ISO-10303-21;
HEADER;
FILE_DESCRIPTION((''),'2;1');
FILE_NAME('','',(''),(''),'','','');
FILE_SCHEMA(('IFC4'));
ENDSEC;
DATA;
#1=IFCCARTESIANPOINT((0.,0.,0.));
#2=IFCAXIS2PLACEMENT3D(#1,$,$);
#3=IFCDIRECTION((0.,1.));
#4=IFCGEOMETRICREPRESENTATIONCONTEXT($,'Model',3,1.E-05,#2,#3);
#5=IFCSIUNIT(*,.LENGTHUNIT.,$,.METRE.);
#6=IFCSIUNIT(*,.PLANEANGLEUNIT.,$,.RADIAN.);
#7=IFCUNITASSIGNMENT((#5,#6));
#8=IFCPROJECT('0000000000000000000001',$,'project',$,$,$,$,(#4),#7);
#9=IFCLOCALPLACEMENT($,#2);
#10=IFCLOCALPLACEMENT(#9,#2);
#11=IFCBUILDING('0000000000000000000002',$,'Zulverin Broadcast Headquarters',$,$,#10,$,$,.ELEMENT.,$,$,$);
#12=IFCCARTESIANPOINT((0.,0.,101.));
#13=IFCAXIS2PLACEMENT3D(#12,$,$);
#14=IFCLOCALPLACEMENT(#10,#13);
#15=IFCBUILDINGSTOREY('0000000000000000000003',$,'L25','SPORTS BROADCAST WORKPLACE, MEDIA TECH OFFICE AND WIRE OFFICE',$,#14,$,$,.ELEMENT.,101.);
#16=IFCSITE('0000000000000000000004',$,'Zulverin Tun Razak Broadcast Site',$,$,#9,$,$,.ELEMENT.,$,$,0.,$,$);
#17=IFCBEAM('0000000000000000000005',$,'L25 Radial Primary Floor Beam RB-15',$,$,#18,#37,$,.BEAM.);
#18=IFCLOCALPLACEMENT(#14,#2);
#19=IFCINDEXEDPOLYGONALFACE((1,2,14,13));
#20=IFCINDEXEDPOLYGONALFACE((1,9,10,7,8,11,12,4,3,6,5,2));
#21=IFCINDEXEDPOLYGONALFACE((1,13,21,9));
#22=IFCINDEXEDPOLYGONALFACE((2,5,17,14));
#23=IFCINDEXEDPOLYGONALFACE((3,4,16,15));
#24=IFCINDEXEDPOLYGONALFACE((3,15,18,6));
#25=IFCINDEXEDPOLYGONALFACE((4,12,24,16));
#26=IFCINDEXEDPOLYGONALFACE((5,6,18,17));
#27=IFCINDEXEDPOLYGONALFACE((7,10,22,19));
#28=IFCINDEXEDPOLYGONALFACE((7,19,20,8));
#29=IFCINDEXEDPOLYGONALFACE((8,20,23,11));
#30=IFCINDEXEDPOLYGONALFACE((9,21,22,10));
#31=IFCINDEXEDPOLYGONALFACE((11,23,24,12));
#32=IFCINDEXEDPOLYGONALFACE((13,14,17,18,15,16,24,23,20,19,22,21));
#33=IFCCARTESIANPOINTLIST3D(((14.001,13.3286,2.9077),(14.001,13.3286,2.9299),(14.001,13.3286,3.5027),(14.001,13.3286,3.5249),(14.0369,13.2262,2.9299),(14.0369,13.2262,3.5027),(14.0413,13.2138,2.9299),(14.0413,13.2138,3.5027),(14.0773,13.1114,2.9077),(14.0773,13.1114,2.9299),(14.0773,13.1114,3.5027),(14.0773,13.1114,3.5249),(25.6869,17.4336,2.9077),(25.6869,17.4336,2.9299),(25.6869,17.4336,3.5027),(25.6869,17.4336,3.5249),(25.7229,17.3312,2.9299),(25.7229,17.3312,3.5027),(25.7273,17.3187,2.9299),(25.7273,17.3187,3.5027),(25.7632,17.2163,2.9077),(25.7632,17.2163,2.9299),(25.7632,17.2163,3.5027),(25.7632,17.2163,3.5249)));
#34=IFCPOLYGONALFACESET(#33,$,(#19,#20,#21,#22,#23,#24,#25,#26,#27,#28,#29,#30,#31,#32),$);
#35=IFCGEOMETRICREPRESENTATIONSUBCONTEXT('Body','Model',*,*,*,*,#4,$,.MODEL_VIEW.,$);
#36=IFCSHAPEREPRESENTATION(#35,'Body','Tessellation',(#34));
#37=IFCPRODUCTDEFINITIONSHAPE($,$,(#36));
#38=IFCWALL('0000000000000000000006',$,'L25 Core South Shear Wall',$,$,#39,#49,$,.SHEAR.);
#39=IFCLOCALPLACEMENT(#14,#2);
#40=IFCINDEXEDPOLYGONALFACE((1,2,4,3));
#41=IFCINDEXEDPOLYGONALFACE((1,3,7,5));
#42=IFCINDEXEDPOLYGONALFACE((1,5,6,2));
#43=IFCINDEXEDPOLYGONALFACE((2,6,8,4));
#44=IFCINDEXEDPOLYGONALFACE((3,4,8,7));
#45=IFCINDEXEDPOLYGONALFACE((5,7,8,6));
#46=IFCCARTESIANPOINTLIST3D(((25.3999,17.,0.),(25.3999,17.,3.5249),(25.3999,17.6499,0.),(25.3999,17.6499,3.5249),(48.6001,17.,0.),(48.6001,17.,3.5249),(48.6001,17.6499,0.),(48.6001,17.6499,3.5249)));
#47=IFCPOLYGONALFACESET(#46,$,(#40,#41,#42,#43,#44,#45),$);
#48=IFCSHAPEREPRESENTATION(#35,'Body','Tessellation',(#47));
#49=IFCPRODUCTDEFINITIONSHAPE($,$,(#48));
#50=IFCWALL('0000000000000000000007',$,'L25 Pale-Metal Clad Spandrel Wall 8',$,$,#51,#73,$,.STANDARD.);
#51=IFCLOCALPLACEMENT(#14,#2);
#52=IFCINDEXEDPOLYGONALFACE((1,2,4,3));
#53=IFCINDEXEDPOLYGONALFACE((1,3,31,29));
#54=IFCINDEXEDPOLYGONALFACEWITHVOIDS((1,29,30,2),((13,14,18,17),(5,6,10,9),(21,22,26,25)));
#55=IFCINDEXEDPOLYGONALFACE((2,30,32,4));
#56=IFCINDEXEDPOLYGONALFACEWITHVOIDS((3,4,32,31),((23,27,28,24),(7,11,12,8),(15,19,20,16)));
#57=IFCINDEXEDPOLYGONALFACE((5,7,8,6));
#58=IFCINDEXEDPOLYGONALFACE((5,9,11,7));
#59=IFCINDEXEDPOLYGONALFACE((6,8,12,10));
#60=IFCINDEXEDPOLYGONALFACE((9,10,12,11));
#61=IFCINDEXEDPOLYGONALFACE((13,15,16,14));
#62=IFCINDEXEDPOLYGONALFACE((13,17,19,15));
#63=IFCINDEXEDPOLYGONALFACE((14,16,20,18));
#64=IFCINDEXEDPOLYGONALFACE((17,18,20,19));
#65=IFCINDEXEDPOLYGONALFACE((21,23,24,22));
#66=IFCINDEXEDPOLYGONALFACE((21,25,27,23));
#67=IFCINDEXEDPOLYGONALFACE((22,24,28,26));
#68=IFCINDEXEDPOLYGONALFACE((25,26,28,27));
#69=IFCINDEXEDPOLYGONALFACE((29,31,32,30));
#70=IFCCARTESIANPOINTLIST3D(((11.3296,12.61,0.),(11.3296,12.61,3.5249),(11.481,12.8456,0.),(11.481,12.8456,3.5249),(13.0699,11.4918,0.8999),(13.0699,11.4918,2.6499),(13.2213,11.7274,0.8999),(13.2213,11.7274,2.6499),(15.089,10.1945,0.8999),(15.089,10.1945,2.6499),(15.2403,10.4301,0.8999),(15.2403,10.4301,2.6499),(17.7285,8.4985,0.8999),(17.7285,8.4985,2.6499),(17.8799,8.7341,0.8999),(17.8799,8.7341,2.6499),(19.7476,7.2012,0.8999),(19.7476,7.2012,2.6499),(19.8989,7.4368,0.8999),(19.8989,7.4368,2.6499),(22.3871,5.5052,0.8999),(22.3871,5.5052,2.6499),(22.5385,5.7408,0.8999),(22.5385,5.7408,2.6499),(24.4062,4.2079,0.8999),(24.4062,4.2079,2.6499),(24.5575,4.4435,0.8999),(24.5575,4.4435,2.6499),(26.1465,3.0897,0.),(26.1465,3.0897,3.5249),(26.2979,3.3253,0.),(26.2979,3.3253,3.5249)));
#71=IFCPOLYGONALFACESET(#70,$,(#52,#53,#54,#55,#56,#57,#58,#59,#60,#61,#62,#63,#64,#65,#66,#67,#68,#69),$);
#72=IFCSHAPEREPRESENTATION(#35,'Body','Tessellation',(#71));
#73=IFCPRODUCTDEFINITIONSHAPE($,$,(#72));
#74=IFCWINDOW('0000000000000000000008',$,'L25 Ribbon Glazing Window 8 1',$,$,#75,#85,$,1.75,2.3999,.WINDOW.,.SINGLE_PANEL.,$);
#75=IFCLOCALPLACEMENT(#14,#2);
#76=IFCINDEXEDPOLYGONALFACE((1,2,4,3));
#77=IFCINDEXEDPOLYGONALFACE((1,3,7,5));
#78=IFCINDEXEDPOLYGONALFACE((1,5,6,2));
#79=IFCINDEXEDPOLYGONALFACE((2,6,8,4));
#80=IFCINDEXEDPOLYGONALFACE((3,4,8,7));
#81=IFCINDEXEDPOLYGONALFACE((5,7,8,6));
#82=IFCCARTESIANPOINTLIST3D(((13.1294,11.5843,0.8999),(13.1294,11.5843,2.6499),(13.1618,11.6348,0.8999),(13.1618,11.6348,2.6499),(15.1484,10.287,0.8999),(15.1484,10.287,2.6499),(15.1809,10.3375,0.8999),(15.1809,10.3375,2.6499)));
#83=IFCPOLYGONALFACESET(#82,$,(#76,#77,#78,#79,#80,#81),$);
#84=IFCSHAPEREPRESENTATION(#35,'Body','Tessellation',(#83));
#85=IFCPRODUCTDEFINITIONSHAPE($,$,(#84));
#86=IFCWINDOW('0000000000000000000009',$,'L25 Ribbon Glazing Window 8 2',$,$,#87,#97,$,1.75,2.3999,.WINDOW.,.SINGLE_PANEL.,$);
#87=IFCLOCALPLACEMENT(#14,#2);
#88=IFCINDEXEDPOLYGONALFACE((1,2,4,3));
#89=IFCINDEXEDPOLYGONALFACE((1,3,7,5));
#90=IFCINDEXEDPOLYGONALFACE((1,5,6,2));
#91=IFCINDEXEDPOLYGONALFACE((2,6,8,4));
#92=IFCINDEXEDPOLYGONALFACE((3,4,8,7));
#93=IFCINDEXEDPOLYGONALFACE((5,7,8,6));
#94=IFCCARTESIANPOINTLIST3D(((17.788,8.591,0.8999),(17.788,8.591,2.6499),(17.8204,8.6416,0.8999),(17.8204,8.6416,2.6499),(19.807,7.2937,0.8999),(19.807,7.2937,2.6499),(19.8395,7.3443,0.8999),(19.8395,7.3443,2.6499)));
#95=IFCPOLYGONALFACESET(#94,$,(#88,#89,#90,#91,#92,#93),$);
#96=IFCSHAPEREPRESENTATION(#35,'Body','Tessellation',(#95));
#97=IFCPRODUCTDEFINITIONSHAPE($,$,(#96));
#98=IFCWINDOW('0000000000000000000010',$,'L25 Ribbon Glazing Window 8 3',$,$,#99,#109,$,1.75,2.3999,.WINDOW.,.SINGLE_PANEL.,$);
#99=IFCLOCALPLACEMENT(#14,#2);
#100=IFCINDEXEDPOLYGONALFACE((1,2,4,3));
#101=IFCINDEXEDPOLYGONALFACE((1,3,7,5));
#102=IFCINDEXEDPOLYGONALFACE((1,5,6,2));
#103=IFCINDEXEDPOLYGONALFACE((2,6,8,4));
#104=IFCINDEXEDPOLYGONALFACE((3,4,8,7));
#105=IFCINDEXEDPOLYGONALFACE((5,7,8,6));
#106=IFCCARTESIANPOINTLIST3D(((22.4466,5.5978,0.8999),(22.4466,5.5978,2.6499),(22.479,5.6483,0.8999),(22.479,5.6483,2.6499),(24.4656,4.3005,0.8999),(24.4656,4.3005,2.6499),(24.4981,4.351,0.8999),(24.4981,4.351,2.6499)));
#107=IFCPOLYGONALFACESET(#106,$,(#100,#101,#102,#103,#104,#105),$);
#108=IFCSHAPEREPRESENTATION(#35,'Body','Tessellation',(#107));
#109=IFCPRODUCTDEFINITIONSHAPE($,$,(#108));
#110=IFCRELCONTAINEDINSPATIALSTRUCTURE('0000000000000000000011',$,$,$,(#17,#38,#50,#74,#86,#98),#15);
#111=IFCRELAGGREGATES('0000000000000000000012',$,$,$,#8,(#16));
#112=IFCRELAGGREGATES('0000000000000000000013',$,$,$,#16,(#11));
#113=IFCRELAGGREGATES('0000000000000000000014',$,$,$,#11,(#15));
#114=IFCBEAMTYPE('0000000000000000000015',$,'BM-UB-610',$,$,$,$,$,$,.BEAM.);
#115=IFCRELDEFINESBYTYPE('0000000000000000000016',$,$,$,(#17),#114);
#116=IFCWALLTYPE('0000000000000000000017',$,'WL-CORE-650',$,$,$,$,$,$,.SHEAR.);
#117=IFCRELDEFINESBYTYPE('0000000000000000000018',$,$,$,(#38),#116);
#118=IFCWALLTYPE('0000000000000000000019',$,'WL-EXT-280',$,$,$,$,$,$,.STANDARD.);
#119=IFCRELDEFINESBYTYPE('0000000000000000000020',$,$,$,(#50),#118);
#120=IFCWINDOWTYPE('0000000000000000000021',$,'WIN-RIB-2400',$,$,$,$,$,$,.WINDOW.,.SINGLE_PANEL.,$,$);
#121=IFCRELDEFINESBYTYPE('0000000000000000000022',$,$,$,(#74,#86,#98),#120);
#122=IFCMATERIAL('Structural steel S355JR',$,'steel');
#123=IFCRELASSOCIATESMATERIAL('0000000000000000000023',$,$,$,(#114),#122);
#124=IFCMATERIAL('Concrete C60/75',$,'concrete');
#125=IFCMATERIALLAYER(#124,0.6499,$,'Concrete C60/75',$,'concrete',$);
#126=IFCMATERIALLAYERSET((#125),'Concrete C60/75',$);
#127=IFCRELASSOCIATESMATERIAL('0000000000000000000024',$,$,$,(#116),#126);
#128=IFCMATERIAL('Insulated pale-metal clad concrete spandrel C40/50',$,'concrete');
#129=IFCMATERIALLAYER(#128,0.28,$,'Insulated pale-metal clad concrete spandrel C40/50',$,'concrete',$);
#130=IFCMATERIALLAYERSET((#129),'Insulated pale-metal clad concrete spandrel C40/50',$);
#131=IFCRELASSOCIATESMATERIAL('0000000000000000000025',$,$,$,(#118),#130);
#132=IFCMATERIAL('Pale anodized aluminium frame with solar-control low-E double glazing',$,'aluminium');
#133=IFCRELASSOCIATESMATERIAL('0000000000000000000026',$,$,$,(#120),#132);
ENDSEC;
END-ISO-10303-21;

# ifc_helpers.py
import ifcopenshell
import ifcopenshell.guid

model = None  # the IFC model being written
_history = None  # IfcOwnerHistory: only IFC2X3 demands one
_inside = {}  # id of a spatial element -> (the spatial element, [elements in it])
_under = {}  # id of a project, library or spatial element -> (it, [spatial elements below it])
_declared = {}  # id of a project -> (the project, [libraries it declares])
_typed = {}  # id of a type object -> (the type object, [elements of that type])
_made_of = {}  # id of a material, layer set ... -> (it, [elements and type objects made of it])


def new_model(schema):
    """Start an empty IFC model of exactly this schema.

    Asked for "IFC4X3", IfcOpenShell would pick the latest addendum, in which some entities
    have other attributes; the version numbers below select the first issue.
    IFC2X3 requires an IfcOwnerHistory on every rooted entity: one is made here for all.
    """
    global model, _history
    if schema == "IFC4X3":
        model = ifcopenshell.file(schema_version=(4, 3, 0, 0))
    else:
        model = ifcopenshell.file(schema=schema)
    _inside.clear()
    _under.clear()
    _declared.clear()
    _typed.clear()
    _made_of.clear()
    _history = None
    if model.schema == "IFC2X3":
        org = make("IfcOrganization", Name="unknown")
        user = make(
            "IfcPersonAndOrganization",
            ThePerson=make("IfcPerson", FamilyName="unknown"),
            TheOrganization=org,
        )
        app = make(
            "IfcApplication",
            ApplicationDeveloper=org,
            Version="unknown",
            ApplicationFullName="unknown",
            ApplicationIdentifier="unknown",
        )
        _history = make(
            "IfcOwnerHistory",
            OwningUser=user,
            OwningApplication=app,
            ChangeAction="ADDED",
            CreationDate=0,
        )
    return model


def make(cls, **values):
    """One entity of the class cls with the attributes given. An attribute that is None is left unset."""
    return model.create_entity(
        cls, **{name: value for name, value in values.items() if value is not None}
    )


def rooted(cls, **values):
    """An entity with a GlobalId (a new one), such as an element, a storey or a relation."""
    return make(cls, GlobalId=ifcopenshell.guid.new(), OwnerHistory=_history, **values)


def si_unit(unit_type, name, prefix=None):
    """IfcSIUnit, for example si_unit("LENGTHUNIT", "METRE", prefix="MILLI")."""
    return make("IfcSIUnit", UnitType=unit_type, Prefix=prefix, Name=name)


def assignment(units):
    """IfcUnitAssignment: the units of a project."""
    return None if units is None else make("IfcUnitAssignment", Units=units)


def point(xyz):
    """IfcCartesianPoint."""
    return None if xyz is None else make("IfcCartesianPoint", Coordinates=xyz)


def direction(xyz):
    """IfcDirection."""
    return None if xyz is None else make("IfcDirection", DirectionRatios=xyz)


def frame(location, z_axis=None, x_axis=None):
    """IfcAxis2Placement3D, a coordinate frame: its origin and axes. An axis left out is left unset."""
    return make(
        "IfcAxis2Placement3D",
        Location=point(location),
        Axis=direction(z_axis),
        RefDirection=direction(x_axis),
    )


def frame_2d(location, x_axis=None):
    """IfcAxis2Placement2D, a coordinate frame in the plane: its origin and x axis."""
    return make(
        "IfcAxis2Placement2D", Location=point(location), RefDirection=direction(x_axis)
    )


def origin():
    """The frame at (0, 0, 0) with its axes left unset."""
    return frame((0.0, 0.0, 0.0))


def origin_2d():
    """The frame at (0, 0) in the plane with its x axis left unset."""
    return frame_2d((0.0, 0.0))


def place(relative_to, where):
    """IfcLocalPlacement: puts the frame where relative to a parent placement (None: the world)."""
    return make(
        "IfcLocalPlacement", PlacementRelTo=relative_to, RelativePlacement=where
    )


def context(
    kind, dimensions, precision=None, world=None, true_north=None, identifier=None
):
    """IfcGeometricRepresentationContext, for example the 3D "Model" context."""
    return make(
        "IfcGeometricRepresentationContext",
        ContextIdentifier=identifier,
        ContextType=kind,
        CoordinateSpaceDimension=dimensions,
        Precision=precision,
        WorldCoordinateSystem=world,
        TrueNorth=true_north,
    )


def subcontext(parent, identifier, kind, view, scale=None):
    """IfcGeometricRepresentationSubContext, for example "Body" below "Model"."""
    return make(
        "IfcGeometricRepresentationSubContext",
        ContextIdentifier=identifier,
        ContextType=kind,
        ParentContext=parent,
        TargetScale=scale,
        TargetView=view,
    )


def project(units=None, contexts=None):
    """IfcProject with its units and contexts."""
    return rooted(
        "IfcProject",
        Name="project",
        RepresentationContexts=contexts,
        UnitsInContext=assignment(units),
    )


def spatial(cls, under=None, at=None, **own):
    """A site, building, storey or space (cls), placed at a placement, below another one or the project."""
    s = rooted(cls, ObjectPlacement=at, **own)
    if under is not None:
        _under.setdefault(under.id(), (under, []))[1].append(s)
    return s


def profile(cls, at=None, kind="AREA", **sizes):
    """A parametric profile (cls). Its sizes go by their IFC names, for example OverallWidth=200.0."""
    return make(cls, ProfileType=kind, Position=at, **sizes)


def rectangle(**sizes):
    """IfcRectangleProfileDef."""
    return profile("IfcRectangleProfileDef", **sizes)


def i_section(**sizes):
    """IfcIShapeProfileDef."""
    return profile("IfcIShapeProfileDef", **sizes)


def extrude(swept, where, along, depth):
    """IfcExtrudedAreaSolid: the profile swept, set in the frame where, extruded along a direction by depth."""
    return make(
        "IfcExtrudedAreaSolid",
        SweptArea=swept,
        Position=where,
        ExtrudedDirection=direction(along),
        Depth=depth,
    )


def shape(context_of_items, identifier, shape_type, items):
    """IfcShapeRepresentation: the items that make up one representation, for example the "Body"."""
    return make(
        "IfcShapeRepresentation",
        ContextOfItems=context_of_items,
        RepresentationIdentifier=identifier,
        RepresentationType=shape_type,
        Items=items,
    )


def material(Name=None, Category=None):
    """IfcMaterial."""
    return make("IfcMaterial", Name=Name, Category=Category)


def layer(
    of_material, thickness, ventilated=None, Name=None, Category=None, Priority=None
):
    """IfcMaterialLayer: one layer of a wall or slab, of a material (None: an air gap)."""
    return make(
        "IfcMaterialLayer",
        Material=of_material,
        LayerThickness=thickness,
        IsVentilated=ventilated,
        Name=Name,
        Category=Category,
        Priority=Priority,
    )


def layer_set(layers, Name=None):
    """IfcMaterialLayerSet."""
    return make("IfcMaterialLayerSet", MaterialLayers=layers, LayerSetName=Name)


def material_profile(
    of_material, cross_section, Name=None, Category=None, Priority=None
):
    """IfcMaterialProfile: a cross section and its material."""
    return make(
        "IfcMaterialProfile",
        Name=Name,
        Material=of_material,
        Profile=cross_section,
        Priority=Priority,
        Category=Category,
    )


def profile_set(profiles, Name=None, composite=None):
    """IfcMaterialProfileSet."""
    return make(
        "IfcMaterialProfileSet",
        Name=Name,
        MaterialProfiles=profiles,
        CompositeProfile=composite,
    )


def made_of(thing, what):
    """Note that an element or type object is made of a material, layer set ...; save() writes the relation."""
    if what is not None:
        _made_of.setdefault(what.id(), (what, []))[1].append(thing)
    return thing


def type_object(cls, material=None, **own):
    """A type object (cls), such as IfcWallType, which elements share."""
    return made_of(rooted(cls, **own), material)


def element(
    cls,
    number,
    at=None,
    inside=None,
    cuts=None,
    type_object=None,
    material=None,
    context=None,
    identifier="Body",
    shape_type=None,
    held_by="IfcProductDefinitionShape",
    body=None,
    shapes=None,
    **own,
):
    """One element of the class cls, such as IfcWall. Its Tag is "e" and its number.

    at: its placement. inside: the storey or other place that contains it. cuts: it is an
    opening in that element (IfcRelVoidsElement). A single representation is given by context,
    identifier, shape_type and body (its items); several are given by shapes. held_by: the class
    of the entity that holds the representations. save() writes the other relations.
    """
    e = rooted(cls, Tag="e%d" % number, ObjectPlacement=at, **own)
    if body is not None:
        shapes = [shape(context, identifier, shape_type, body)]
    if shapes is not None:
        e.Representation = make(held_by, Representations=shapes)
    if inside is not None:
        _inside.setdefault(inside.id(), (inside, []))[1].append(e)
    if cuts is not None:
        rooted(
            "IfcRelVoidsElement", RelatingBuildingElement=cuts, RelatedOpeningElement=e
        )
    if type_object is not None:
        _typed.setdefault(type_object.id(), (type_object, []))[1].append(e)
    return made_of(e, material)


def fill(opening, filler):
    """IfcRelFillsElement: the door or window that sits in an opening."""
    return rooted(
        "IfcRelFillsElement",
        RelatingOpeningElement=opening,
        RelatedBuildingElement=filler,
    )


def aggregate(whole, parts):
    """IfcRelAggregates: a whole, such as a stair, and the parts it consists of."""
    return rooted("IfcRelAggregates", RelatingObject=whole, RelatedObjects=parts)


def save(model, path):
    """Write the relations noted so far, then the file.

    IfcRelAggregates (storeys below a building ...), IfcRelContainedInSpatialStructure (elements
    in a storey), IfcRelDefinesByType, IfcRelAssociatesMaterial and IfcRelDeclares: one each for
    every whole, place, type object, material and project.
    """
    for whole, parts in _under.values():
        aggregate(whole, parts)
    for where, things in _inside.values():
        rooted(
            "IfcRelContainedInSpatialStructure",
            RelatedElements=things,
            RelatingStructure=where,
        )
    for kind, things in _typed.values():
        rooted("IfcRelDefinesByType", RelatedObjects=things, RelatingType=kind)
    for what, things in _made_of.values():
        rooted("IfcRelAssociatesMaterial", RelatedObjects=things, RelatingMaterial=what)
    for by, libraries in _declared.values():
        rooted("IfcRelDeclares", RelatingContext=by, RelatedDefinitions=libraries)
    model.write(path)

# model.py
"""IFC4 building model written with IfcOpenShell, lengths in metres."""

from ifc_helpers import new_model, si_unit, direction, frame, frame_2d, origin, origin_2d, place, context, subcontext, project, spatial, rectangle, i_section, extrude, material, layer, layer_set, material_profile, profile_set, type_object, element, fill, save


model = new_model("IFC4")

# Units and contexts
model_context = context("Model", 3, precision=1e-05, world=origin(), true_north=direction((0.0, 1.0)))
body_context = subcontext(model_context, "Body", "Model", "MODEL_VIEW")
ifc_project = project(units=[si_unit("LENGTHUNIT", "METRE"), si_unit("PLANEANGLEUNIT", "RADIAN")], contexts=[model_context])

# Site, building, storey
site_placement = place(None, origin())
site = spatial("IfcSite", under=ifc_project, at=site_placement, Name="Zulverin Tun Razak Broadcast Site", CompositionType="ELEMENT", RefElevation=0.0)
building_placement = place(site_placement, origin())
building = spatial("IfcBuilding", under=site, at=building_placement, Name="Zulverin Broadcast Headquarters", CompositionType="ELEMENT")
storey_placement = place(building_placement, frame((0.0, 0.0, 101.0)))
storey = spatial("IfcBuildingStorey", under=building, at=storey_placement, Name="L25", Description="SPORTS BROADCAST WORKPLACE, MEDIA TECH OFFICE AND WIRE OFFICE", CompositionType="ELEMENT", Elevation=101.0)

# Shared definitions
ifc_material_1 = material(Name="Concrete C60/75", Category="concrete")

# Beam
ifc_material_2 = material(Name="Structural steel S355JR", Category="steel")
ifc_material_profile_1 = material_profile(ifc_material_2, i_section(OverallWidth=0.2302, OverallDepth=0.6172, WebThickness=0.0132, FlangeThickness=0.0222, at=origin_2d()), Name="Structural steel S355JR", Category="steel")
ifc_profile_set_1 = profile_set([ifc_material_profile_1], Name="Structural steel S355JR")
beam_type_1 = type_object("IfcBeamType", Name="BM-UB-610", PredefinedType="BEAM", material=ifc_profile_set_1)
beam_1_placement = place(storey_placement, frame((25.7251, 17.325, 3.2163), z_axis=(-0.943483, -0.33142, 0.0), x_axis=(0.33142, -0.943483, 0.0)))
element("IfcBeam", 1, at=beam_1_placement, inside=storey, type_object=beam_type_1, Name="L25 Radial Primary Floor Beam RB-15", PredefinedType="BEAM", context=body_context, shape_type="SweptSolid", body=[
    extrude(i_section(OverallWidth=0.2302, OverallDepth=0.6172, WebThickness=0.0132, FlangeThickness=0.0222, at=origin_2d()), origin(), (0.0, 0.0, 1.0), 12.386),
])

# Wall
ifc_layer_1 = layer(ifc_material_1, 0.6499, Name="Concrete C60/75", Category="concrete")
ifc_layer_set_1 = layer_set([ifc_layer_1], Name="Concrete C60/75")
wall_type_1 = type_object("IfcWallType", Name="WL-CORE-650", PredefinedType="SHEAR", material=ifc_layer_set_1)
wall_1_placement = place(storey_placement, frame((25.3999, 17.325, 0.0), z_axis=(0.0, 0.0, 1.0), x_axis=(1.0, 0.0, 0.0)))
element("IfcWall", 2, at=wall_1_placement, inside=storey, type_object=wall_type_1, Name="L25 Core South Shear Wall", PredefinedType="SHEAR", context=body_context, shape_type="SweptSolid", body=[
    extrude(rectangle(XDim=23.2002, YDim=0.6499, at=frame_2d((11.6001, 0.0))), origin(), (0.0, 0.0, 1.0), 3.5249),
])

# Wall, openings, windows
ifc_material_3 = material(Name="Insulated pale-metal clad concrete spandrel C40/50", Category="concrete")
ifc_layer_2 = layer(ifc_material_3, 0.28, Name="Insulated pale-metal clad concrete spandrel C40/50", Category="concrete")
ifc_layer_set_2 = layer_set([ifc_layer_2], Name="Insulated pale-metal clad concrete spandrel C40/50")
wall_type_2 = type_object("IfcWallType", Name="WL-EXT-280", PredefinedType="STANDARD", material=ifc_layer_set_2)
wall_2_placement = place(storey_placement, frame((11.4053, 12.7278, 0.0), z_axis=(0.0, 0.0, 1.0), x_axis=(0.841305, -0.540561, 0.0)))
wall_2 = element("IfcWall", 3, at=wall_2_placement, inside=storey, type_object=wall_type_2, Name="L25 Pale-Metal Clad Spandrel Wall 8", PredefinedType="STANDARD", context=body_context, shape_type="SweptSolid", body=[
    extrude(rectangle(XDim=17.6118, YDim=0.28, at=frame_2d((8.8059, 0.0))), origin(), (0.0, 0.0, 1.0), 3.5249),
])
opening_1_placement = place(wall_2_placement, frame((2.0686, 0.0, 0.8999)))
opening_1 = element("IfcOpeningElement", 4, at=opening_1_placement, cuts=wall_2, PredefinedType="OPENING", context=body_context, shape_type="SweptSolid", body=[
    extrude(rectangle(XDim=2.3999, YDim=1.75, at=frame_2d((1.2, 0.875))), frame((0.0, 0.1499, 0.0), z_axis=(0.0, -1.0, 0.0), x_axis=(1.0, 0.0, 0.0)), (0.0, 0.0, 1.0), 0.3),
])
opening_2_placement = place(wall_2_placement, frame((7.606, 0.0, 0.8999)))
opening_2 = element("IfcOpeningElement", 5, at=opening_2_placement, cuts=wall_2, PredefinedType="OPENING", context=body_context, shape_type="SweptSolid", body=[
    extrude(rectangle(XDim=2.3999, YDim=1.75, at=frame_2d((1.2, 0.875))), frame((0.0, 0.1499, 0.0), z_axis=(0.0, -1.0, 0.0), x_axis=(1.0, 0.0, 0.0)), (0.0, 0.0, 1.0), 0.3),
])
opening_3_placement = place(wall_2_placement, frame((13.1433, 0.0, 0.8999)))
opening_3 = element("IfcOpeningElement", 6, at=opening_3_placement, cuts=wall_2, PredefinedType="OPENING", context=body_context, shape_type="SweptSolid", body=[
    extrude(rectangle(XDim=2.3999, YDim=1.75, at=frame_2d((1.2, 0.875))), frame((0.0, 0.1499, 0.0), z_axis=(0.0, -1.0, 0.0), x_axis=(1.0, 0.0, 0.0)), (0.0, 0.0, 1.0), 0.3),
])
ifc_material_4 = material(Name="Pale anodized aluminium frame with solar-control low-E double glazing", Category="aluminium")
window_type = type_object("IfcWindowType", Name="WIN-RIB-2400", PartitioningType="SINGLE_PANEL", PredefinedType="WINDOW", material=ifc_material_4)
window_1_placement = place(opening_1_placement, origin())
window_1 = element("IfcWindow", 7, at=window_1_placement, inside=storey, type_object=window_type, Name="L25 Ribbon Glazing Window 8 1", OverallHeight=1.75, OverallWidth=2.3999, PartitioningType="SINGLE_PANEL", PredefinedType="WINDOW", context=body_context, shape_type="SweptSolid", body=[
    extrude(rectangle(XDim=2.3999, YDim=1.75, at=frame_2d((1.2, 0.875))), frame((0.0, 0.03, 0.0), z_axis=(0.0, -1.0, 0.0), x_axis=(1.0, 0.0, 0.0)), (0.0, 0.0, 1.0), 0.0601),
])
fill(opening_1, window_1)
window_2_placement = place(opening_2_placement, origin())
window_2 = element("IfcWindow", 8, at=window_2_placement, inside=storey, type_object=window_type, Name="L25 Ribbon Glazing Window 8 2", OverallHeight=1.75, OverallWidth=2.3999, PartitioningType="SINGLE_PANEL", PredefinedType="WINDOW", context=body_context, shape_type="SweptSolid", body=[
    extrude(rectangle(XDim=2.3999, YDim=1.75, at=frame_2d((1.2, 0.875))), frame((0.0, 0.03, 0.0), z_axis=(0.0, -1.0, 0.0), x_axis=(1.0, 0.0, 0.0)), (0.0, 0.0, 1.0), 0.0601),
])
fill(opening_2, window_2)
window_3_placement = place(opening_3_placement, origin())
window_3 = element("IfcWindow", 9, at=window_3_placement, inside=storey, type_object=window_type, Name="L25 Ribbon Glazing Window 8 3", OverallHeight=1.75, OverallWidth=2.3999, PartitioningType="SINGLE_PANEL", PredefinedType="WINDOW", context=body_context, shape_type="SweptSolid", body=[
    extrude(rectangle(XDim=2.3999, YDim=1.75, at=frame_2d((1.2, 0.875))), frame((0.0, 0.03, 0.0), z_axis=(0.0, -1.0, 0.0), x_axis=(1.0, 0.0, 0.0)), (0.0, 0.0, 1.0), 0.0601),
])
fill(opening_3, window_3)

save(model, "model.ifc")
